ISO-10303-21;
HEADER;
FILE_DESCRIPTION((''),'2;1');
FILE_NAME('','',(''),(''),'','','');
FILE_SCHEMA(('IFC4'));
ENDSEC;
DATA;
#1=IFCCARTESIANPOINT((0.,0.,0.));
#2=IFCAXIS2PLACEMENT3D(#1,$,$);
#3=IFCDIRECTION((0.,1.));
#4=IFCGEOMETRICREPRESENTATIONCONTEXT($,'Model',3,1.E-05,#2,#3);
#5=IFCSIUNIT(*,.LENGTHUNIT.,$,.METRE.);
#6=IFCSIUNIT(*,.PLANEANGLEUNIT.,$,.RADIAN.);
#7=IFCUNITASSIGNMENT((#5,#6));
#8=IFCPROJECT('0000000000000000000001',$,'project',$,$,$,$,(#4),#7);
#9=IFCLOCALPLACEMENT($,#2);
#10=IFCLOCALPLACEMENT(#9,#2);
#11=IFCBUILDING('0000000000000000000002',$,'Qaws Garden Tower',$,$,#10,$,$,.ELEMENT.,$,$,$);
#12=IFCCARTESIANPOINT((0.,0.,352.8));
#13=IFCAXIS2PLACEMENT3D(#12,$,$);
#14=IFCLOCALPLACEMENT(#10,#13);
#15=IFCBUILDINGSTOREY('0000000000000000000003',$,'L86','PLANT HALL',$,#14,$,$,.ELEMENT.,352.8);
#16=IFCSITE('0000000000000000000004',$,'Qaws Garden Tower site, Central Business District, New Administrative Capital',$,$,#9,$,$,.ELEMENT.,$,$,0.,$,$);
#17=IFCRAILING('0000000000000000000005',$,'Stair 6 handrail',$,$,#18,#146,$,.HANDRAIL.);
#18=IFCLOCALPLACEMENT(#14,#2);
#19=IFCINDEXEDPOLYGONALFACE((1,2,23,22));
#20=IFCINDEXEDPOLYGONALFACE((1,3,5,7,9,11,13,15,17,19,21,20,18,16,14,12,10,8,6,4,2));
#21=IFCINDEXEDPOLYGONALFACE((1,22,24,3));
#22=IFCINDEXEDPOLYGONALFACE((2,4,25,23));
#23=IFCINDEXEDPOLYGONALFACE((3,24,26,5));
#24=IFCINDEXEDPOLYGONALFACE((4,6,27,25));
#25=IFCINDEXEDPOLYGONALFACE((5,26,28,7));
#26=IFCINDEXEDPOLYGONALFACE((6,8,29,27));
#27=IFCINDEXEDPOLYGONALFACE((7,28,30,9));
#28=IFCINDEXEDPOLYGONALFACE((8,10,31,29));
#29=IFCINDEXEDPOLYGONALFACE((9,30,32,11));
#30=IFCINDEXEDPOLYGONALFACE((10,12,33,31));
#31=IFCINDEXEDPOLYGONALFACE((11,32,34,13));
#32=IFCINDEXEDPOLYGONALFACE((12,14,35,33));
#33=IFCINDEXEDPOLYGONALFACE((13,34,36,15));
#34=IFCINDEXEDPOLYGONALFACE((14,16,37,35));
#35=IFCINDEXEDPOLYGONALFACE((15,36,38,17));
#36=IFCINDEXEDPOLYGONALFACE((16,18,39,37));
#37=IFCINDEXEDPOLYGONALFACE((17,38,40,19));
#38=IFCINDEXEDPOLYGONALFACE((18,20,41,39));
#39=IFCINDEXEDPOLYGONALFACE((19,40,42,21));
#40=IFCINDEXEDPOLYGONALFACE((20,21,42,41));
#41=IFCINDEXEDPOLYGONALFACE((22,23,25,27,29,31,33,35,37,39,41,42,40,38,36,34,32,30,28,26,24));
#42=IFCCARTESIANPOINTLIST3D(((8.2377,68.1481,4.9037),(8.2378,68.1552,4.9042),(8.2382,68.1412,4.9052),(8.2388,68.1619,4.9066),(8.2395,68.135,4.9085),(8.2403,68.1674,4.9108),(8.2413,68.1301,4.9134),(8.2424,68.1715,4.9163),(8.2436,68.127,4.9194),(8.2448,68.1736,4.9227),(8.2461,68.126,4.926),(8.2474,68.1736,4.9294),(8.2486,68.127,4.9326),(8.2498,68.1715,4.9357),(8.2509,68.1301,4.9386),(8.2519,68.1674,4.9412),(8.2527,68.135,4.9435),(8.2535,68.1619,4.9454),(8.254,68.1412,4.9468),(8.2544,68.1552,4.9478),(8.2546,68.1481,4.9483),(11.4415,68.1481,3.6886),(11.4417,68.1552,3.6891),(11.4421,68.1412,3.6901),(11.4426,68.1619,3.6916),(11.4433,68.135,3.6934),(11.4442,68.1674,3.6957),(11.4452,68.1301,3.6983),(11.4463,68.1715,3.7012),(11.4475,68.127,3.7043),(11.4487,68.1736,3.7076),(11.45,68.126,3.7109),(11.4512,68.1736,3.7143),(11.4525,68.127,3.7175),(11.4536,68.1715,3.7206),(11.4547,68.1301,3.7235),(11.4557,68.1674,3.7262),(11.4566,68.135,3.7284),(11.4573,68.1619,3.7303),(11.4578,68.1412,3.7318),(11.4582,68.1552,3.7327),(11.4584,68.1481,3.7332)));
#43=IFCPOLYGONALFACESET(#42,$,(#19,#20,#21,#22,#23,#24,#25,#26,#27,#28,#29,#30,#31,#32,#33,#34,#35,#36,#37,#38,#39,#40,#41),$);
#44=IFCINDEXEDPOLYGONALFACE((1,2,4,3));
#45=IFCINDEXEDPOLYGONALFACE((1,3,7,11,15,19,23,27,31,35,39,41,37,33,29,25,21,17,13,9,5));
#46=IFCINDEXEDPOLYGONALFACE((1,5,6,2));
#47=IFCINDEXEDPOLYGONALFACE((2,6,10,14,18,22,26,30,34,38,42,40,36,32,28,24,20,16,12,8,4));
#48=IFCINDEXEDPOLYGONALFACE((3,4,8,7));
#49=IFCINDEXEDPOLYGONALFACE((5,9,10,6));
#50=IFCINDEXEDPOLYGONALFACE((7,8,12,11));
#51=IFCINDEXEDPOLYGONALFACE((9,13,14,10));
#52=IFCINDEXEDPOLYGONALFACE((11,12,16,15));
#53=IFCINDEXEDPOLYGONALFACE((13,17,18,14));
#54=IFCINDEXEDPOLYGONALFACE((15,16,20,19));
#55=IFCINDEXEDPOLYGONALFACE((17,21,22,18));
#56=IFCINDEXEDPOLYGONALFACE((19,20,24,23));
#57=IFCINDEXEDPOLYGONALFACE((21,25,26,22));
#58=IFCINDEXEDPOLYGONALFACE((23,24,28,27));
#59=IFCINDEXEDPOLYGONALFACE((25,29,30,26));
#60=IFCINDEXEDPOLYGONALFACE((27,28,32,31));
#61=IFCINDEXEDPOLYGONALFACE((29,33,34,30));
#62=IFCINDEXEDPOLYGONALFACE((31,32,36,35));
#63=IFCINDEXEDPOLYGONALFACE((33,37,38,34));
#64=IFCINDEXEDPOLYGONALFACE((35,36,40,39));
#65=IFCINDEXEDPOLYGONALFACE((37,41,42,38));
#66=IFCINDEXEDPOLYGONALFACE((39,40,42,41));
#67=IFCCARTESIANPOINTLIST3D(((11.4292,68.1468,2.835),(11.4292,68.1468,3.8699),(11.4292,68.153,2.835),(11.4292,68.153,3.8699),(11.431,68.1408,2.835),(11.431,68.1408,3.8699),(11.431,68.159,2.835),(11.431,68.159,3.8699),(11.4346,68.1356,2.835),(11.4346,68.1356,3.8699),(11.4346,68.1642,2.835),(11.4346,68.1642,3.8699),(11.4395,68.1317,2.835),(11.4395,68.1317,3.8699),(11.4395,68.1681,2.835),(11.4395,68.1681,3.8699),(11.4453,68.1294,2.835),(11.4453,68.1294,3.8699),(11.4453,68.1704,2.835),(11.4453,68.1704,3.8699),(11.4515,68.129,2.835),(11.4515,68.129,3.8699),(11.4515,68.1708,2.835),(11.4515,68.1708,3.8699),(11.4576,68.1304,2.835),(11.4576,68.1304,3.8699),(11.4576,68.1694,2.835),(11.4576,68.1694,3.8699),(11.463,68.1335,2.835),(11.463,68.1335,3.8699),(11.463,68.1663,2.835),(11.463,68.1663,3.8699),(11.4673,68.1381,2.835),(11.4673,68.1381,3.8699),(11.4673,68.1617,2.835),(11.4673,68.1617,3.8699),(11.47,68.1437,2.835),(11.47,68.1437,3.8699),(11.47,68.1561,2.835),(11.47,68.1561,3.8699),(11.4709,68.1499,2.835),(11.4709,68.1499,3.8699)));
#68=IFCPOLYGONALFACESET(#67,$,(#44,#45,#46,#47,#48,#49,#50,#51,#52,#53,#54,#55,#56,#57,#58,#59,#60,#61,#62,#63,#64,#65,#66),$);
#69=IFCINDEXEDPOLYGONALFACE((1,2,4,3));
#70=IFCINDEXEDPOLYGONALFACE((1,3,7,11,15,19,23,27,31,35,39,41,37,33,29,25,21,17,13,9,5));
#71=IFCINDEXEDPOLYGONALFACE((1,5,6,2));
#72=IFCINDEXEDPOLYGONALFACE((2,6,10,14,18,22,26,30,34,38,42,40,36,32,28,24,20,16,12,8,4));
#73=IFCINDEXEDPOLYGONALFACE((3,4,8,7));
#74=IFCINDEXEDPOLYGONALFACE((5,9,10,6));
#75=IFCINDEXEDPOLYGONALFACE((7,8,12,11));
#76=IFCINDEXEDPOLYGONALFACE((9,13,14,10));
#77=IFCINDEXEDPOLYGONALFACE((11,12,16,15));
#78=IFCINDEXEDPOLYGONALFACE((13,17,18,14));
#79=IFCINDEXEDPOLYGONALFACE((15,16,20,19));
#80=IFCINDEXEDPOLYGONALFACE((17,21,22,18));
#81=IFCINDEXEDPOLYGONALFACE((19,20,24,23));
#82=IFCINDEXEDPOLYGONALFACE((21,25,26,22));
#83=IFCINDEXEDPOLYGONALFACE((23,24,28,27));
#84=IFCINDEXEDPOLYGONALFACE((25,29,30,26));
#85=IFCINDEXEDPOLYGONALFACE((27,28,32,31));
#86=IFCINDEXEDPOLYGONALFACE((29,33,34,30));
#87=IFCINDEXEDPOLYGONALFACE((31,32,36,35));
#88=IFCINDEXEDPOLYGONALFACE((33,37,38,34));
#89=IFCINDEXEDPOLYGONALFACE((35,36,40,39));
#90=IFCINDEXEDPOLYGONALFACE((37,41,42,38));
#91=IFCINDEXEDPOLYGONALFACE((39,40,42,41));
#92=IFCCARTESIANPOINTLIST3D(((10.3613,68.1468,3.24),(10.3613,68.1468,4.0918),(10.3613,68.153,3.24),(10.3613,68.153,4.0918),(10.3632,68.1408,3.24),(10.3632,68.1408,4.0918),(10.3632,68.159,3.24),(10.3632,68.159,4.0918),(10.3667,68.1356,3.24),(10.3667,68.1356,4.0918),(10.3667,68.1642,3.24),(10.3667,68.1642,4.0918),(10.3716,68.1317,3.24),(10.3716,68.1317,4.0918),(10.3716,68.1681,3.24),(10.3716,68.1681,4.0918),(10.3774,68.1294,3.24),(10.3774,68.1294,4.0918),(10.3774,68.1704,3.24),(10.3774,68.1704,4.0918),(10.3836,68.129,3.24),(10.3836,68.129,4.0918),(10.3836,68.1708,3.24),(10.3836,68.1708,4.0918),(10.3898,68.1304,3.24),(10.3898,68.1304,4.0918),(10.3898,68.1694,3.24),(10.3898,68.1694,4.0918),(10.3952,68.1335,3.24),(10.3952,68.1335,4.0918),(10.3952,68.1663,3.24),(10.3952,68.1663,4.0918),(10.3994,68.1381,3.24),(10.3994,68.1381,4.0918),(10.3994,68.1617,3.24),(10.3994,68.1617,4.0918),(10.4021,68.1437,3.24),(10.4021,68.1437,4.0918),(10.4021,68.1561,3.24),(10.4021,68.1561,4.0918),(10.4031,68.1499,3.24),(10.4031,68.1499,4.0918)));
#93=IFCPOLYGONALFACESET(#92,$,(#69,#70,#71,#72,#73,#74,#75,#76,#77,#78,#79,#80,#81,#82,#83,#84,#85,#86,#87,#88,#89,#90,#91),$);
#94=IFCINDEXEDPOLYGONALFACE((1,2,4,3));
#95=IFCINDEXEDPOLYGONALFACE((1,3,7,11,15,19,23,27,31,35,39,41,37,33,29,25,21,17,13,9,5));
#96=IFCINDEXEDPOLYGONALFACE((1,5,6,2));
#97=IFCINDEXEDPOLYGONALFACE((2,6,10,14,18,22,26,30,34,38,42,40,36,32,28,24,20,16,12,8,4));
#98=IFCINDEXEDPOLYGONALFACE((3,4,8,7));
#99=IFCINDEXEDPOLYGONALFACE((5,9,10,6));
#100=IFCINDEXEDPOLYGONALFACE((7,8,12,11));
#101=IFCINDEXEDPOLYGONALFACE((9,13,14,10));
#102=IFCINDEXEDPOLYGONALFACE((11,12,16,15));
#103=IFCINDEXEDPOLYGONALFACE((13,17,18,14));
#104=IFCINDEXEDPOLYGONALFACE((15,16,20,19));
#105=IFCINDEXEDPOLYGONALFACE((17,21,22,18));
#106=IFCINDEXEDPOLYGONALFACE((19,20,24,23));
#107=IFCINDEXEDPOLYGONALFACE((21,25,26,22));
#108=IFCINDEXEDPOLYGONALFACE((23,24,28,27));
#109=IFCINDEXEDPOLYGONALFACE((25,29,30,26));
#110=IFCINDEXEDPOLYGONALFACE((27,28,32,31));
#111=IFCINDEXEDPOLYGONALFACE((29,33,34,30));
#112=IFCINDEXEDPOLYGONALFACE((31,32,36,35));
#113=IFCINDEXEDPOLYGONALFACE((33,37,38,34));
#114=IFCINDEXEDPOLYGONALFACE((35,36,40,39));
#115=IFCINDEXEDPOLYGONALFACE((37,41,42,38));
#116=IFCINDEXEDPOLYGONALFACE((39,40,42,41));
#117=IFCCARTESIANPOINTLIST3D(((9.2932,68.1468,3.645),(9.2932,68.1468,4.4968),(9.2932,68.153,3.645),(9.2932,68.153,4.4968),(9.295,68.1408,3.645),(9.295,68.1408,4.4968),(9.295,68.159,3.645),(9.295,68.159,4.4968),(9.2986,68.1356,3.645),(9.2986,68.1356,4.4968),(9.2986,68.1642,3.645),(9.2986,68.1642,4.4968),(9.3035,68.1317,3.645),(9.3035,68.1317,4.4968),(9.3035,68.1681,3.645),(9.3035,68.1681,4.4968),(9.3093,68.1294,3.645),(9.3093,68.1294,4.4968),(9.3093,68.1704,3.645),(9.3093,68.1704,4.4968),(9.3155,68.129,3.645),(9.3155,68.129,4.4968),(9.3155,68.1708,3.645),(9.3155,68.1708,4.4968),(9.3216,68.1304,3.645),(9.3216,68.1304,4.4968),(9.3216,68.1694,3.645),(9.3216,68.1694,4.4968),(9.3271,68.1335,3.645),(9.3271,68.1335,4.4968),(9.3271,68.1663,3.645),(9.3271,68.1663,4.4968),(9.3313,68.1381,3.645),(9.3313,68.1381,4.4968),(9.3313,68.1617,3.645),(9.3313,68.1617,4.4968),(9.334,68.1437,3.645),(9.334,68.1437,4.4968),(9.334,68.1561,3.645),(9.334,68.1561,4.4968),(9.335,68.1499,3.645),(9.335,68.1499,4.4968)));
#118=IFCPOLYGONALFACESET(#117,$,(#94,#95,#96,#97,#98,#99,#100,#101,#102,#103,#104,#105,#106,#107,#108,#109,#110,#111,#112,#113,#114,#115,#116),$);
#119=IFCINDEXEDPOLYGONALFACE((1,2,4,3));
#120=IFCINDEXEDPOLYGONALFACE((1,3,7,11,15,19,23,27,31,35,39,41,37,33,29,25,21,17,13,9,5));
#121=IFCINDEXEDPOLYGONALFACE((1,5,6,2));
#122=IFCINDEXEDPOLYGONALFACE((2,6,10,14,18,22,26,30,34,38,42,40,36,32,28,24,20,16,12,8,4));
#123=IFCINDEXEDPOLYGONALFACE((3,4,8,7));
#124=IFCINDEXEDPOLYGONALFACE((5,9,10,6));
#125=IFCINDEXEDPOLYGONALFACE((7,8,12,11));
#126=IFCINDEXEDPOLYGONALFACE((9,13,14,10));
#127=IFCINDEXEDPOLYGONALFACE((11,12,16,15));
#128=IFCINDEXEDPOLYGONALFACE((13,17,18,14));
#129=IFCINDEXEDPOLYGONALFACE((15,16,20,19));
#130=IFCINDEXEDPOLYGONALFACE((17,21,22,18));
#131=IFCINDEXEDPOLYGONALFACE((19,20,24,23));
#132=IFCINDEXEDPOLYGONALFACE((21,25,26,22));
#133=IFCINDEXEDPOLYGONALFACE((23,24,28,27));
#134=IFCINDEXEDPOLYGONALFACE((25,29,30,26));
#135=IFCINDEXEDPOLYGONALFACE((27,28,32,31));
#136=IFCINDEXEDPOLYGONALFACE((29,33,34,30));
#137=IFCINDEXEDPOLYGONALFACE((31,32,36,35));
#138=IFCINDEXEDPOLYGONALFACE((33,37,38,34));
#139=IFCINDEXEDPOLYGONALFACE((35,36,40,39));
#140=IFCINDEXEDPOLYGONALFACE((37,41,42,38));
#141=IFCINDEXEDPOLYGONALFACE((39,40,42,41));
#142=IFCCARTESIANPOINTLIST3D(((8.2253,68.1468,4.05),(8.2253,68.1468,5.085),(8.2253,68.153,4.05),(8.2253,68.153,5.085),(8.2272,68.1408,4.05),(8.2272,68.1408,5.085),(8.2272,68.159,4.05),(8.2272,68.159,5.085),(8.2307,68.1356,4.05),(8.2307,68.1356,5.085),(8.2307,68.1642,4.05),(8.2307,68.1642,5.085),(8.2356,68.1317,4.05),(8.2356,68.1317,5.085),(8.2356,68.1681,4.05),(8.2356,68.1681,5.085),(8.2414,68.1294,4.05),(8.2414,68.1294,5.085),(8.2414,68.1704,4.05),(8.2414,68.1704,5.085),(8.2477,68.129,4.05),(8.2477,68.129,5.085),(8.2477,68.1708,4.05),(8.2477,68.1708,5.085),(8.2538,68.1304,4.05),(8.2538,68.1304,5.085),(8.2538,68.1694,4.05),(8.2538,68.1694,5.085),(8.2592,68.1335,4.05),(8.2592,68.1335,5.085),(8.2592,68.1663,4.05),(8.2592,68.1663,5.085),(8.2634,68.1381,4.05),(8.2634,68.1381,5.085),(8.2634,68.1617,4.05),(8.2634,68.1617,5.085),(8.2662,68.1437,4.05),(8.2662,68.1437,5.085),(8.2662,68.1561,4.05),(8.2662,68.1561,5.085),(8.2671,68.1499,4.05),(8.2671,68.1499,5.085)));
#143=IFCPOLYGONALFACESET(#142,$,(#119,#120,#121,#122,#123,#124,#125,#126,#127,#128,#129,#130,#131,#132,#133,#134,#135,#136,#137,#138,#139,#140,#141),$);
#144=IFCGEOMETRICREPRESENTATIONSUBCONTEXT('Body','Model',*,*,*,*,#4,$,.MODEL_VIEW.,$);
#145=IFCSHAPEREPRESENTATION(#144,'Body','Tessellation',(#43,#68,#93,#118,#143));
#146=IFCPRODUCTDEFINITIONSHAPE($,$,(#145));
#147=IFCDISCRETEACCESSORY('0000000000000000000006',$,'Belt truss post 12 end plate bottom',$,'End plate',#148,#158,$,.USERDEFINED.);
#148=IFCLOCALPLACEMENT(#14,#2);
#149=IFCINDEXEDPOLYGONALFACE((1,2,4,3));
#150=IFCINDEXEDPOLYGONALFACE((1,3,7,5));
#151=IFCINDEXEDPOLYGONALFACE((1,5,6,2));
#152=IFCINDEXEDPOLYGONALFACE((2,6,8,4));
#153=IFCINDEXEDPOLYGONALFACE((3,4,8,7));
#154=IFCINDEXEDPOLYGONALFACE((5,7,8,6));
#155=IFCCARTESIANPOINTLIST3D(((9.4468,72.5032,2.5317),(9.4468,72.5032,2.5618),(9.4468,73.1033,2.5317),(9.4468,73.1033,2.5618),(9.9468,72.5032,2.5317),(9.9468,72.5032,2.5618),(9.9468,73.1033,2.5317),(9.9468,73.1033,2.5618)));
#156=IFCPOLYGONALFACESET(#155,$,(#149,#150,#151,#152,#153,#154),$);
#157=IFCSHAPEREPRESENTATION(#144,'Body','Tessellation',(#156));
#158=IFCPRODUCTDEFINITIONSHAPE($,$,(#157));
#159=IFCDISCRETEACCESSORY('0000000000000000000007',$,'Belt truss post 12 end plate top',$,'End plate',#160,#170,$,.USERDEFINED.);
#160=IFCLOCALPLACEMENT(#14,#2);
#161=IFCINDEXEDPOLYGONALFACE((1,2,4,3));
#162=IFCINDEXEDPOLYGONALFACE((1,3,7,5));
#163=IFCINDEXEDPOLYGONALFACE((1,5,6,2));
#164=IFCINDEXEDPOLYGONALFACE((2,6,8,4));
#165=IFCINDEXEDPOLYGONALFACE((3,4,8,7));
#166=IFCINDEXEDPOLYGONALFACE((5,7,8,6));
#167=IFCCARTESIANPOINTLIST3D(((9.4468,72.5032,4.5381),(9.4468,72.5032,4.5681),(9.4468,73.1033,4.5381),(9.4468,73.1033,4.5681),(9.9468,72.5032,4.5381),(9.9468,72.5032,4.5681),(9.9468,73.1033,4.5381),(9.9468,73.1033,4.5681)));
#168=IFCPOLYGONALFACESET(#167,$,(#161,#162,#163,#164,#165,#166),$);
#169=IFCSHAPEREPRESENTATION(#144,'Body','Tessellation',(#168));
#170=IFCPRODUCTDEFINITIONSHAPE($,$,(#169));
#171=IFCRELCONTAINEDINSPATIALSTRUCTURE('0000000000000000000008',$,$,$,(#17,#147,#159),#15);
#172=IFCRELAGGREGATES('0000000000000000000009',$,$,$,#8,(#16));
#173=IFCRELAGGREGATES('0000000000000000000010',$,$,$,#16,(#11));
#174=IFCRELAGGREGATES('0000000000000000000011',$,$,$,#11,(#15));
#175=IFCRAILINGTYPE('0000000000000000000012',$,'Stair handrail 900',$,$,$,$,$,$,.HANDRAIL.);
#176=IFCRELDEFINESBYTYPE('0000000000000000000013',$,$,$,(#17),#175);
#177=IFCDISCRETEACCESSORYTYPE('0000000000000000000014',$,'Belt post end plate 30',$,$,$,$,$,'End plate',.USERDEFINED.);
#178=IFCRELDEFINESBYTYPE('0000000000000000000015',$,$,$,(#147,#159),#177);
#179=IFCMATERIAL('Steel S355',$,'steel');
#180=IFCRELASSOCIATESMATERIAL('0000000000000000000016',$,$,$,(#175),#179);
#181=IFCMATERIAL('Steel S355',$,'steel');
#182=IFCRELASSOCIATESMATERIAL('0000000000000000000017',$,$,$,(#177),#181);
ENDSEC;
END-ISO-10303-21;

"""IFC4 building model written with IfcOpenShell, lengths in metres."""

from ifc_helpers import new_model, si_unit, direction, frame, origin, origin_2d, place, context, subcontext, project, spatial, rectangle, circle, extrude, material, type_object, element, save


model = new_model("IFC4")

# Units and contexts
model_context = context("Model", 3, precision=1e-05, world=origin(), true_north=direction((0.0, 1.0)))
body_context = subcontext(model_context, "Body", "Model", "MODEL_VIEW")
ifc_project = project(units=[si_unit("LENGTHUNIT", "METRE"), si_unit("PLANEANGLEUNIT", "RADIAN")], contexts=[model_context])

# Site, building, storey
site_placement = place(None, origin())
site = spatial("IfcSite", under=ifc_project, at=site_placement, Name="Qaws Garden Tower site, Central Business District, New Administrative Capital", CompositionType="ELEMENT", RefElevation=0.0)
building_placement = place(site_placement, origin())
building = spatial("IfcBuilding", under=site, at=building_placement, Name="Qaws Garden Tower", CompositionType="ELEMENT")
storey_placement = place(building_placement, frame((0.0, 0.0, 352.8)))
storey = spatial("IfcBuildingStorey", under=building, at=storey_placement, Name="L86", Description="PLANT HALL", CompositionType="ELEMENT", Elevation=352.8)

# Railing
ifc_material_1 = material(Name="Steel S355", Category="steel")
railing_type = type_object("IfcRailingType", Name="Stair handrail 900", PredefinedType="HANDRAIL", material=ifc_material_1)
railing_1_placement = place(storey_placement, frame((11.45, 68.1499, 2.835)))
element("IfcRailing", 1, at=railing_1_placement, inside=storey, type_object=railing_type, Name="Stair 6 handrail", PredefinedType="HANDRAIL", context=body_context, shape_type="SweptSolid", body=[
    extrude(circle(Radius=0.0239, at=origin_2d()), frame((0.0, 0.0, 0.876), z_axis=(-0.935014, 0.0, 0.354611), x_axis=(0.0, -1.0, 0.0)), (0.0, 0.0, 1.0), 3.4265),
    extrude(circle(Radius=0.021, at=origin_2d()), origin(), (0.0, 0.0, 1.0), 1.0349),
    extrude(circle(Radius=0.021, at=origin_2d()), frame((-1.0679, 0.0, 0.405)), (0.0, 0.0, 1.0), 0.8518),
    extrude(circle(Radius=0.021, at=origin_2d()), frame((-2.136, 0.0, 0.8101)), (0.0, 0.0, 1.0), 0.8518),
    extrude(circle(Radius=0.021, at=origin_2d()), frame((-3.2039, 0.0, 1.2151)), (0.0, 0.0, 1.0), 1.0349),
])

# Discrete accessories
ifc_material_2 = material(Name="Steel S355", Category="steel")
discrete_accessory_type = type_object("IfcDiscreteAccessoryType", Name="Belt post end plate 30", ElementType="End plate", PredefinedType="USERDEFINED", material=ifc_material_2)
for number, where, z_axis, x_axis, name in (
    (2, (9.6968, 72.8032, 2.5317), (0.0, 0.0, 1.0), (1.0, 0.0, 0.0), "Belt truss post 12 end plate bottom"),
    (3, (9.6968, 72.8032, 4.5381), (0.0, 0.0, 1.0), (1.0, 0.0, 0.0), "Belt truss post 12 end plate top"),
):
    element("IfcDiscreteAccessory", number, at=place(storey_placement, frame(where, z_axis=z_axis, x_axis=x_axis)), inside=storey, type_object=discrete_accessory_type, Name=name, ObjectType="End plate", PredefinedType="USERDEFINED", context=body_context, shape_type="SweptSolid", body=[
        extrude(rectangle(XDim=0.5, YDim=0.6001, at=origin_2d()), origin(), (0.0, 0.0, 1.0), 0.03),
    ])

save(model, "model.ifc")
